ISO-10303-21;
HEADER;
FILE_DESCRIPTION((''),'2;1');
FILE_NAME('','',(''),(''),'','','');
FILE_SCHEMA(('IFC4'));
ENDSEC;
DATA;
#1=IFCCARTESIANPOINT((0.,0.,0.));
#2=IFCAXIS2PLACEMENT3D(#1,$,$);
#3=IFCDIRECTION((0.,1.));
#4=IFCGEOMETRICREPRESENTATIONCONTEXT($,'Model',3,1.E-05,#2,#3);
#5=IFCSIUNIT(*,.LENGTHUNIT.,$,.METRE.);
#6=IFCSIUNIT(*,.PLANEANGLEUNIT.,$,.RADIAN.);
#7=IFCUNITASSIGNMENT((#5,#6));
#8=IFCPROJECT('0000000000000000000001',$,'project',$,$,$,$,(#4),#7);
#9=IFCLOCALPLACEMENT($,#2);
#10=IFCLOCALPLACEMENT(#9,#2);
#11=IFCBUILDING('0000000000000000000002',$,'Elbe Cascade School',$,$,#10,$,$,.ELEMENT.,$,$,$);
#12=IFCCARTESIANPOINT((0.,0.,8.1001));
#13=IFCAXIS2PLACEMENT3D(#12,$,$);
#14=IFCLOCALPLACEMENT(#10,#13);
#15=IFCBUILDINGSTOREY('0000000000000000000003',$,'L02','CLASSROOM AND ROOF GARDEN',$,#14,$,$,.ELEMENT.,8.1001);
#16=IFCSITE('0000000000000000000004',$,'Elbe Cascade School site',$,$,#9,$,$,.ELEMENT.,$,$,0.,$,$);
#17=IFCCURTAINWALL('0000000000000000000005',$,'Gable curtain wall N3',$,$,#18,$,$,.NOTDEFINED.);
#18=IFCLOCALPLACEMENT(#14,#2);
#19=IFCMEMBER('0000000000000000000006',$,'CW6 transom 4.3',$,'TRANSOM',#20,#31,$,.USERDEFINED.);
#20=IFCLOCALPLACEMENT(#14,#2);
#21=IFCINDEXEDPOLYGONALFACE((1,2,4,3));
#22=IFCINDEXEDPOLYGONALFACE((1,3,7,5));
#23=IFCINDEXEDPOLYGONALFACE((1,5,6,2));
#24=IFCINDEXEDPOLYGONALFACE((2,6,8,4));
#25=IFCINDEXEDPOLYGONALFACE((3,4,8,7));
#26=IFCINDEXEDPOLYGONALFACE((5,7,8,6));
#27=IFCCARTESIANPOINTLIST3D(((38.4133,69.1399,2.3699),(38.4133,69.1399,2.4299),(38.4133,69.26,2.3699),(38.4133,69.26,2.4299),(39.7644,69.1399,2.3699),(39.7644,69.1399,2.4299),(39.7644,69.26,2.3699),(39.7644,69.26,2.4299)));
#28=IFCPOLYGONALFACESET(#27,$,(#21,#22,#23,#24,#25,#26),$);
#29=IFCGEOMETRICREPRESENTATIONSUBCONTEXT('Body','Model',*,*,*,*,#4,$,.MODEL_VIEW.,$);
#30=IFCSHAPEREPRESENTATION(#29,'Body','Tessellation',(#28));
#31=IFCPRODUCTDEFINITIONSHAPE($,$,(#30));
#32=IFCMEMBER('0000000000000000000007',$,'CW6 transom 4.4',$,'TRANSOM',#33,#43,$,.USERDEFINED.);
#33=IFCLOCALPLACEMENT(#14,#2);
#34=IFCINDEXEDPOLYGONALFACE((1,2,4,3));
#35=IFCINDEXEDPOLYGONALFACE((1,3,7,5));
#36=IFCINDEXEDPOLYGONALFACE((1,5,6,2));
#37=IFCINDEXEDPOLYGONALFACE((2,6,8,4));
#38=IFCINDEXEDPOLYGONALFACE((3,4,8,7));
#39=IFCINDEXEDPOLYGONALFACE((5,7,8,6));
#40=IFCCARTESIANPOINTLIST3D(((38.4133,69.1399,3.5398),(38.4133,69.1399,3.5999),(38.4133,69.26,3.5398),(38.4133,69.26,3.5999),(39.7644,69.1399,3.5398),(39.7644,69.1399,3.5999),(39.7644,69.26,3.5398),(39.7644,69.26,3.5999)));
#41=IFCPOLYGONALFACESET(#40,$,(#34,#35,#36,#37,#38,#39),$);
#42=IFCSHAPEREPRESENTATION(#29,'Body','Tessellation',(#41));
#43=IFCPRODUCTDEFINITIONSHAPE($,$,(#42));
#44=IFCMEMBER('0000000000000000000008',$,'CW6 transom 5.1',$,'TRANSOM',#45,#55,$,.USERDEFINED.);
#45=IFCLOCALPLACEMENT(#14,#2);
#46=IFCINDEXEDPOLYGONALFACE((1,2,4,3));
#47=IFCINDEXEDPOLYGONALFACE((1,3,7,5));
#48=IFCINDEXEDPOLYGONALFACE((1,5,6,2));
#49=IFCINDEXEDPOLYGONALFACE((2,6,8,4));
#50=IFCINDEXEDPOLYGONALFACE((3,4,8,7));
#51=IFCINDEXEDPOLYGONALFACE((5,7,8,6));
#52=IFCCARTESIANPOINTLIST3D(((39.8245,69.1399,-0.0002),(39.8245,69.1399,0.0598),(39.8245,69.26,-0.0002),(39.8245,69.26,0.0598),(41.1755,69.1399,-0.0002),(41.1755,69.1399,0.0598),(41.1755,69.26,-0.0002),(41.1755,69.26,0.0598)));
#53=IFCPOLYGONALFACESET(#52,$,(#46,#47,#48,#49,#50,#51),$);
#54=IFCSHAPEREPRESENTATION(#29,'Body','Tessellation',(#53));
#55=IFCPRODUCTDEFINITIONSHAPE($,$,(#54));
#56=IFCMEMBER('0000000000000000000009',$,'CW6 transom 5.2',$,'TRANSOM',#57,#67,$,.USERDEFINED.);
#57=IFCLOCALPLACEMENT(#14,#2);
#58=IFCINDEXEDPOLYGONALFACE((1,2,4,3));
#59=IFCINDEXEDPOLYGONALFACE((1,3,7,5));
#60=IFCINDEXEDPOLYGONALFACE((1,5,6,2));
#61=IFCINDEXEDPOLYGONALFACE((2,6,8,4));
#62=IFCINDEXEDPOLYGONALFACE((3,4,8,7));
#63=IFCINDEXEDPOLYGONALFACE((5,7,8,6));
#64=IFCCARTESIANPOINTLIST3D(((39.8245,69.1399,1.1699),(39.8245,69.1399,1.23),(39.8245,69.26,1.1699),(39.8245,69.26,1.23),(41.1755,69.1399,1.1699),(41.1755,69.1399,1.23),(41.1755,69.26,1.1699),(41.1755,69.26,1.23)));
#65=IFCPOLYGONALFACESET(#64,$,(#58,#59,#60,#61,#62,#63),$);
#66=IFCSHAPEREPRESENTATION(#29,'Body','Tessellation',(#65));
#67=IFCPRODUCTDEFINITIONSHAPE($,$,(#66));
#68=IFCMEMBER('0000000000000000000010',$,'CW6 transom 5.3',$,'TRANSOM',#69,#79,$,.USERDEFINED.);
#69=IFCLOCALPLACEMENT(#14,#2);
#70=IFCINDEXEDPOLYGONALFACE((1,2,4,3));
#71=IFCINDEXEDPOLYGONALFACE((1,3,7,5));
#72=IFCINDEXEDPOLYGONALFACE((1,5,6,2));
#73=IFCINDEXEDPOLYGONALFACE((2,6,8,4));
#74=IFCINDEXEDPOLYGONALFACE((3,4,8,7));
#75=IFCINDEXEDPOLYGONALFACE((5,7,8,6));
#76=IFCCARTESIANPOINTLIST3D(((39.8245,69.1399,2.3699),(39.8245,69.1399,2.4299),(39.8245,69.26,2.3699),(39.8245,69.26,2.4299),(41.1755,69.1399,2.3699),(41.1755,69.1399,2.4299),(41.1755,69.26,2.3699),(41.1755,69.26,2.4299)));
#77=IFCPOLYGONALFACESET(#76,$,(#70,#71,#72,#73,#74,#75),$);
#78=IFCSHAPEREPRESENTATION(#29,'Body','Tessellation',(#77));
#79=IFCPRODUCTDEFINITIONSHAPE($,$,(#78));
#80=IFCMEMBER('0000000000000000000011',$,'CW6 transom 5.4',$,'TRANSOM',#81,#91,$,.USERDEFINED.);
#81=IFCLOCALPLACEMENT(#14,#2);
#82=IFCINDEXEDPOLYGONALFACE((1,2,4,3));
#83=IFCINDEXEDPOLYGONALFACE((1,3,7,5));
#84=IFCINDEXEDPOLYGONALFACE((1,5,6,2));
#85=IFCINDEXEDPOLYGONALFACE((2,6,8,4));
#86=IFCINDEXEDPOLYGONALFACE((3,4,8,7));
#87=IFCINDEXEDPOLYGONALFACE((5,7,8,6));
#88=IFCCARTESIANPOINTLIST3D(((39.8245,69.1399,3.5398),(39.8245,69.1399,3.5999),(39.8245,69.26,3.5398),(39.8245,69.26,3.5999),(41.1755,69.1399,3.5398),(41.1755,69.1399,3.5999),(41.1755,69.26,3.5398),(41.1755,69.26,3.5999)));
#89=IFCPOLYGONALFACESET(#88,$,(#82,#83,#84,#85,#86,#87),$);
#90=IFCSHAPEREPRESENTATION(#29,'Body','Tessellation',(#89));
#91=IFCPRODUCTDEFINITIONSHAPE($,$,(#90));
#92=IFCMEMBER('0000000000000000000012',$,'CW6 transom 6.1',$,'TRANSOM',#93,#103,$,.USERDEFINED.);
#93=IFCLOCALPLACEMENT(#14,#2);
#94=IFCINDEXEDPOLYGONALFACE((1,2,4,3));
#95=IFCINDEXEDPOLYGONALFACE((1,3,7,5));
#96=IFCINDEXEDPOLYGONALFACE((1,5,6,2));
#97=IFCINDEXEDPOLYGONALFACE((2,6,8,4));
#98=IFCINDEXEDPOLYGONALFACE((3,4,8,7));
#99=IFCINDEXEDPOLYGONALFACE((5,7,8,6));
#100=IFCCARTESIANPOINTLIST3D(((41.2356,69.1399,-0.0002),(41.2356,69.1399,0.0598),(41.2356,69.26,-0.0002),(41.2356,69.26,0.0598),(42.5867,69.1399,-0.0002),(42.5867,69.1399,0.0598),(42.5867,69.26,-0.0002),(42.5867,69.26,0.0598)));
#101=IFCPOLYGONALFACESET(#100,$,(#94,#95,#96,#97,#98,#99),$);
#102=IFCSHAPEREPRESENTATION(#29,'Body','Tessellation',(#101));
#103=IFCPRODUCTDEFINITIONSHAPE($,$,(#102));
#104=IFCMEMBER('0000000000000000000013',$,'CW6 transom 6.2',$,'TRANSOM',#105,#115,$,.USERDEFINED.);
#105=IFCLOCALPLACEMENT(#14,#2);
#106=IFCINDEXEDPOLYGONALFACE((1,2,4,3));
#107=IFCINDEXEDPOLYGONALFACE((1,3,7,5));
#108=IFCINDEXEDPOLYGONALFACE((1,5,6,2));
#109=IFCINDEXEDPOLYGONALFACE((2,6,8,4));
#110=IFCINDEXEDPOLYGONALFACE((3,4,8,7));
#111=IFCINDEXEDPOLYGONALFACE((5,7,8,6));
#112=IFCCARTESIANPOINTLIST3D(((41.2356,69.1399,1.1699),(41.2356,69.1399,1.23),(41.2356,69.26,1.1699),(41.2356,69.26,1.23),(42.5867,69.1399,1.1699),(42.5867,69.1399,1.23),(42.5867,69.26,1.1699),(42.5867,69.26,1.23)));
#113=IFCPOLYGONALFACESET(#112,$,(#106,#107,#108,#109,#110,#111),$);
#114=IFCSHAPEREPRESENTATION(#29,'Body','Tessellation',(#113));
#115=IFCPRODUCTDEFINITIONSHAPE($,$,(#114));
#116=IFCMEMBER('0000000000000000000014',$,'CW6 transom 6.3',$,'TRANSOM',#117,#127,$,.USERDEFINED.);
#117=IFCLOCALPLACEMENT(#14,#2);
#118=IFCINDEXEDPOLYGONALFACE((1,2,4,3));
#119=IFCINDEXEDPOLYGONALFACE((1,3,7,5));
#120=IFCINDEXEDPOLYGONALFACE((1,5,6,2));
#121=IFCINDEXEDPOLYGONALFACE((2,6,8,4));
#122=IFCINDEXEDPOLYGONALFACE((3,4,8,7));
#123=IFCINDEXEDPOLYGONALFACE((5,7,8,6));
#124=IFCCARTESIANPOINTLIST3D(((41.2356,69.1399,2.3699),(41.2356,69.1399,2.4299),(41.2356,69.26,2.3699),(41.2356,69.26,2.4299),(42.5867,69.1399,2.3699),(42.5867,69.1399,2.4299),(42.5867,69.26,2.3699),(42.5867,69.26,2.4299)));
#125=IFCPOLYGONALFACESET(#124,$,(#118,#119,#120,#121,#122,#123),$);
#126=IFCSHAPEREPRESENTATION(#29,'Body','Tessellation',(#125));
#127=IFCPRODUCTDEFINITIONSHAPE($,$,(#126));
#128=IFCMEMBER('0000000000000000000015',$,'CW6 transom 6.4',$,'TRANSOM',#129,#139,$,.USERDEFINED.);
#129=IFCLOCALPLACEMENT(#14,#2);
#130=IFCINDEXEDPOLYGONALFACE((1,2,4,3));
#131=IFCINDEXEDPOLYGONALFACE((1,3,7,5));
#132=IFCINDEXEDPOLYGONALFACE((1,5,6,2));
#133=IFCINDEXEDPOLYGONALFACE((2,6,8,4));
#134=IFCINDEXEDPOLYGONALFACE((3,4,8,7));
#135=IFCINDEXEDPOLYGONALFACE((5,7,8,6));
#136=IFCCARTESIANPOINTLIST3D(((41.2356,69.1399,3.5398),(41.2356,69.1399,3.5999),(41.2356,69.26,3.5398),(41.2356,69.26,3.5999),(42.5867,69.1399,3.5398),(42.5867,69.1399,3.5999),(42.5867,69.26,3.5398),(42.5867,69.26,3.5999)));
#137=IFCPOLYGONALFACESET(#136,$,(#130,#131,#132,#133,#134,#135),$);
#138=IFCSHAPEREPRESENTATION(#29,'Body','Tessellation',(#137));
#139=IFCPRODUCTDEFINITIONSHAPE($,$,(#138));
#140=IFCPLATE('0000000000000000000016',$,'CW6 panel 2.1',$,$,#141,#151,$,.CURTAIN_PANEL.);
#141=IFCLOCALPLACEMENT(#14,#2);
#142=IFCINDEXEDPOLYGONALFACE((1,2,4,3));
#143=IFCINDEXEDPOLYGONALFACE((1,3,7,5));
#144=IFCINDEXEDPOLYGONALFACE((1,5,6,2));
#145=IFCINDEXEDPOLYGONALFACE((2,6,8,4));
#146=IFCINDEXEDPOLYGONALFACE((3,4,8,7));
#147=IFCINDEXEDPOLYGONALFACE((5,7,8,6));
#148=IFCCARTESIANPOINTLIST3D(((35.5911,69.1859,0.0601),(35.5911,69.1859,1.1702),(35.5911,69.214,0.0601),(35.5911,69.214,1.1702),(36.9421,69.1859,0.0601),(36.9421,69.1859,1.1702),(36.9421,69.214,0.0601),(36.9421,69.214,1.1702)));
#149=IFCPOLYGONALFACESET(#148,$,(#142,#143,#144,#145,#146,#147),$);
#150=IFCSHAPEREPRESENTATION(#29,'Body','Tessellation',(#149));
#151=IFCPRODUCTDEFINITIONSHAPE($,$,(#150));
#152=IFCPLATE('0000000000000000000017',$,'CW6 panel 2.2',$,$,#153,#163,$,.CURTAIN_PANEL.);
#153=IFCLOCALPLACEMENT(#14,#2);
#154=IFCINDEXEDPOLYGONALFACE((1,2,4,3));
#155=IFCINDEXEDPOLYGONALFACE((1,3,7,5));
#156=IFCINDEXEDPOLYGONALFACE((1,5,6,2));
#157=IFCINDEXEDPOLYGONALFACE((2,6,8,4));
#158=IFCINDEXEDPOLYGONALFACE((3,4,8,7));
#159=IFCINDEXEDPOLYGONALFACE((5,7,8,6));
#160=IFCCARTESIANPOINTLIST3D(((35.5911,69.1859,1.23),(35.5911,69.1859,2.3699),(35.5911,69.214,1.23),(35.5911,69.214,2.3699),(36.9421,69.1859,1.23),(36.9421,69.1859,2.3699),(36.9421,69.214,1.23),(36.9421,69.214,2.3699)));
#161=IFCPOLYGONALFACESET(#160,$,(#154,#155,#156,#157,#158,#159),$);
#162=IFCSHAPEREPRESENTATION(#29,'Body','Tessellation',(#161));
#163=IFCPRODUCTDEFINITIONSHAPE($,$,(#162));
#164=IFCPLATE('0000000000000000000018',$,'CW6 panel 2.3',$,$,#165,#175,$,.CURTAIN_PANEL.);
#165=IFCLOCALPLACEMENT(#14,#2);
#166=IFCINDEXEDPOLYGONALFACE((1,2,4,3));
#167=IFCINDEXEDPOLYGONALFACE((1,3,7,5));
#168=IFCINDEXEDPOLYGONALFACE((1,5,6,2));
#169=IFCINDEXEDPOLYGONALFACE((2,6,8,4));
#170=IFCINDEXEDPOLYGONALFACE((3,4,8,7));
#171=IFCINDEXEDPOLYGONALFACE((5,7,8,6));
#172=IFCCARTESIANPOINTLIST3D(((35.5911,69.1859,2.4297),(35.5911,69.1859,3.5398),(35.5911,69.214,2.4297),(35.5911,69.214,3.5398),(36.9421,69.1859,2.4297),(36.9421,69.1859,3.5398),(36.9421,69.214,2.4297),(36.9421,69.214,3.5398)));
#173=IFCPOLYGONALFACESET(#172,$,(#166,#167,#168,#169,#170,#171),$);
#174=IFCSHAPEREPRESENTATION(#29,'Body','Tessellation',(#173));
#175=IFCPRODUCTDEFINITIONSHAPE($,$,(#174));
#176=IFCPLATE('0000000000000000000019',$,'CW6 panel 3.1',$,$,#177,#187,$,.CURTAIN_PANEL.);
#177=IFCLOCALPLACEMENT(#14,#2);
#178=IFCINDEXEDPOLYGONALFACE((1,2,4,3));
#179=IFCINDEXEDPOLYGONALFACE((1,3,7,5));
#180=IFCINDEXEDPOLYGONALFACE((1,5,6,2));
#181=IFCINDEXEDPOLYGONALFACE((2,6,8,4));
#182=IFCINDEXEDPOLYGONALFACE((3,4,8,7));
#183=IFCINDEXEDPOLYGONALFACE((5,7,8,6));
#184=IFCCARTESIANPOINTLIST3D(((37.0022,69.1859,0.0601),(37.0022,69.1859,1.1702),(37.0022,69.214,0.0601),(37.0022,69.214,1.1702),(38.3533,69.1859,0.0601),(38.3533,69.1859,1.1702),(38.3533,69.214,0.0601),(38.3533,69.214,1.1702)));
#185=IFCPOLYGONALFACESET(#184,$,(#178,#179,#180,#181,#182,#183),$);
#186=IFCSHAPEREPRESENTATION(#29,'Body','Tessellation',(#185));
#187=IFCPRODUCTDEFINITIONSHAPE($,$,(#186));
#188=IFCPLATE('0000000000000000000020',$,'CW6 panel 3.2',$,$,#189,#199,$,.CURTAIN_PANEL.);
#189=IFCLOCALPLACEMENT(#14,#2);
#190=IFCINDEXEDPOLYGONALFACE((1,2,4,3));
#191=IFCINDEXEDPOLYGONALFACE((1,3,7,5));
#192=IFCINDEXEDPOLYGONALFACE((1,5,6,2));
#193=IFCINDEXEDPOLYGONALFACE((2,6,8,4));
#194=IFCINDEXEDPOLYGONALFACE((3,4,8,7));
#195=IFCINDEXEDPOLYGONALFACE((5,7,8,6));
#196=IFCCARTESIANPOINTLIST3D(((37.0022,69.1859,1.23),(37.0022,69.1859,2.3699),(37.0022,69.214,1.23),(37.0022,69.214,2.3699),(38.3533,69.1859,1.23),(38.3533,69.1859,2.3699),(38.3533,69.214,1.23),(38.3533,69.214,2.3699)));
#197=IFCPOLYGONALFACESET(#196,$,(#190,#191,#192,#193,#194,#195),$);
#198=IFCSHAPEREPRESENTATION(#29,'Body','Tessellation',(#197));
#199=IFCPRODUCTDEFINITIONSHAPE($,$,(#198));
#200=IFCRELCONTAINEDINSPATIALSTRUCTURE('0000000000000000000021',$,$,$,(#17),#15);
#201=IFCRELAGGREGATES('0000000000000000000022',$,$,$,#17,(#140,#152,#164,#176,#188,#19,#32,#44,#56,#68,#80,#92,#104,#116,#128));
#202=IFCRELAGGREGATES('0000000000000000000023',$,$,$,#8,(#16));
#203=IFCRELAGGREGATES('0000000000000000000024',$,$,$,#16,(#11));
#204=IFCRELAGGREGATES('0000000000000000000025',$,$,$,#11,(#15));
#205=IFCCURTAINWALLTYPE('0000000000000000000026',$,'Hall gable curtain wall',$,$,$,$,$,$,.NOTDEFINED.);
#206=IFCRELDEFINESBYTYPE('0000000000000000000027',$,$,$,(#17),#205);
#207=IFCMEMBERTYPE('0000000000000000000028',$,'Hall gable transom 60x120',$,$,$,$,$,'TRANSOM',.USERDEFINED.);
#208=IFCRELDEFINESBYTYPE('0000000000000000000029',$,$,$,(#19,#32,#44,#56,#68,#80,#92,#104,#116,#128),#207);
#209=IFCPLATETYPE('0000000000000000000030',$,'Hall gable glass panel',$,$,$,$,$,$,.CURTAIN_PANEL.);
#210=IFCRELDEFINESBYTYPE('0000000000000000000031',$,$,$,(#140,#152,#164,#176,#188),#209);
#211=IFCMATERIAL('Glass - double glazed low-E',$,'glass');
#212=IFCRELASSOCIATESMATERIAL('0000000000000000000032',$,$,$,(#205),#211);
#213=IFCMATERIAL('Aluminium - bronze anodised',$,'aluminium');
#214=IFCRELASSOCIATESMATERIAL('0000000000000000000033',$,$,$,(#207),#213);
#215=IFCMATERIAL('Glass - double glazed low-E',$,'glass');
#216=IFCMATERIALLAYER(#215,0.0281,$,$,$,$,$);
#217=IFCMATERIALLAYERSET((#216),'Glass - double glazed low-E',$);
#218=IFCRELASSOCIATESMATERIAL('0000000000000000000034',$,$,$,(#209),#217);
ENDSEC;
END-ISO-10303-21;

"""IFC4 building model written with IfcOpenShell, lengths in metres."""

from ifc_helpers import new_model, si_unit, direction, frame, origin, origin_2d, place, context, subcontext, project, spatial, rectangle, extrude, material, layer, layer_set, material_profile, profile_set, type_object, element, aggregate, save


model = new_model("IFC4")

# Units and contexts
model_context = context("Model", 3, precision=1e-05, world=origin(), true_north=direction((0.0, 1.0)))
body_context = subcontext(model_context, "Body", "Model", "MODEL_VIEW")
ifc_project = project(units=[si_unit("LENGTHUNIT", "METRE"), si_unit("PLANEANGLEUNIT", "RADIAN")], contexts=[model_context])

# Site, building, storey
site_placement = place(None, origin())
site = spatial("IfcSite", under=ifc_project, at=site_placement, Name="Elbe Cascade School site", CompositionType="ELEMENT", RefElevation=0.0)
building_placement = place(site_placement, origin())
building = spatial("IfcBuilding", under=site, at=building_placement, Name="Elbe Cascade School", CompositionType="ELEMENT")
storey_placement = place(building_placement, frame((0.0, 0.0, 8.1001)))
storey = spatial("IfcBuildingStorey", under=building, at=storey_placement, Name="L02", Description="CLASSROOM AND ROOF GARDEN", CompositionType="ELEMENT", Elevation=8.1001)

# Curtain wall, members, plates
ifc_material_1 = material(Name="Glass - double glazed low-E", Category="glass")
curtain_wall_type = type_object("IfcCurtainWallType", Name="Hall gable curtain wall", PredefinedType="NOTDEFINED", material=ifc_material_1)
curtain_wall_placement = place(storey_placement, origin())
curtain_wall = element("IfcCurtainWall", 1, at=curtain_wall_placement, inside=storey, type_object=curtain_wall_type, Name="Gable curtain wall N3", PredefinedType="NOTDEFINED")
ifc_material_2 = material(Name="Aluminium - bronze anodised", Category="aluminium")
ifc_material_profile_1 = material_profile(ifc_material_2, rectangle(XDim=0.1201, YDim=0.0601, at=origin_2d()), Name="Alu 60x120")
ifc_profile_set_1 = profile_set([ifc_material_profile_1], Name="Aluminium - bronze anodised")
member_type_1 = type_object("IfcMemberType", Name="Hall gable transom 60x120", ElementType="TRANSOM", PredefinedType="USERDEFINED", material=ifc_profile_set_1)
member_1_placement = place(storey_placement, frame((38.4133, 69.2, 2.3999), z_axis=(1.0, 0.0, 0.0), x_axis=(0.0, 1.0, 0.0)))
member_1 = element("IfcMember", 2, at=member_1_placement, type_object=member_type_1, Name="CW6 transom 4.3", ObjectType="TRANSOM", PredefinedType="USERDEFINED", context=body_context, shape_type="SweptSolid", body=[
    extrude(rectangle(XDim=0.1201, YDim=0.0601, at=origin_2d()), origin(), (0.0, 0.0, 1.0), 1.3511),
])
member_2_placement = place(storey_placement, frame((38.4133, 69.2, 3.5698), z_axis=(1.0, 0.0, 0.0), x_axis=(0.0, 1.0, 0.0)))
member_2 = element("IfcMember", 3, at=member_2_placement, type_object=member_type_1, Name="CW6 transom 4.4", ObjectType="TRANSOM", PredefinedType="USERDEFINED", context=body_context, shape_type="SweptSolid", body=[
    extrude(rectangle(XDim=0.1201, YDim=0.0601, at=origin_2d()), origin(), (0.0, 0.0, 1.0), 1.3511),
])
member_3_placement = place(storey_placement, frame((39.8245, 69.2, 0.0298), z_axis=(1.0, 0.0, 0.0), x_axis=(0.0, 1.0, 0.0)))
member_3 = element("IfcMember", 4, at=member_3_placement, type_object=member_type_1, Name="CW6 transom 5.1", ObjectType="TRANSOM", PredefinedType="USERDEFINED", context=body_context, shape_type="SweptSolid", body=[
    extrude(rectangle(XDim=0.1201, YDim=0.0601, at=origin_2d()), origin(), (0.0, 0.0, 1.0), 1.3511),
])
member_4_placement = place(storey_placement, frame((39.8245, 69.2, 1.2), z_axis=(1.0, 0.0, 0.0), x_axis=(0.0, 1.0, 0.0)))
member_4 = element("IfcMember", 5, at=member_4_placement, type_object=member_type_1, Name="CW6 transom 5.2", ObjectType="TRANSOM", PredefinedType="USERDEFINED", context=body_context, shape_type="SweptSolid", body=[
    extrude(rectangle(XDim=0.1201, YDim=0.0601, at=origin_2d()), origin(), (0.0, 0.0, 1.0), 1.3511),
])
member_5_placement = place(storey_placement, frame((39.8245, 69.2, 2.3999), z_axis=(1.0, 0.0, 0.0), x_axis=(0.0, 1.0, 0.0)))
member_5 = element("IfcMember", 6, at=member_5_placement, type_object=member_type_1, Name="CW6 transom 5.3", ObjectType="TRANSOM", PredefinedType="USERDEFINED", context=body_context, shape_type="SweptSolid", body=[
    extrude(rectangle(XDim=0.1201, YDim=0.0601, at=origin_2d()), origin(), (0.0, 0.0, 1.0), 1.3511),
])
member_6_placement = place(storey_placement, frame((39.8245, 69.2, 3.5698), z_axis=(1.0, 0.0, 0.0), x_axis=(0.0, 1.0, 0.0)))
member_6 = element("IfcMember", 7, at=member_6_placement, type_object=member_type_1, Name="CW6 transom 5.4", ObjectType="TRANSOM", PredefinedType="USERDEFINED", context=body_context, shape_type="SweptSolid", body=[
    extrude(rectangle(XDim=0.1201, YDim=0.0601, at=origin_2d()), origin(), (0.0, 0.0, 1.0), 1.3511),
])
member_7_placement = place(storey_placement, frame((41.2356, 69.2, 0.0298), z_axis=(1.0, 0.0, 0.0), x_axis=(0.0, 1.0, 0.0)))
member_7 = element("IfcMember", 8, at=member_7_placement, type_object=member_type_1, Name="CW6 transom 6.1", ObjectType="TRANSOM", PredefinedType="USERDEFINED", context=body_context, shape_type="SweptSolid", body=[
    extrude(rectangle(XDim=0.1201, YDim=0.0601, at=origin_2d()), origin(), (0.0, 0.0, 1.0), 1.3511),
])
member_8_placement = place(storey_placement, frame((41.2356, 69.2, 1.2), z_axis=(1.0, 0.0, 0.0), x_axis=(0.0, 1.0, 0.0)))
member_8 = element("IfcMember", 9, at=member_8_placement, type_object=member_type_1, Name="CW6 transom 6.2", ObjectType="TRANSOM", PredefinedType="USERDEFINED", context=body_context, shape_type="SweptSolid", body=[
    extrude(rectangle(XDim=0.1201, YDim=0.0601, at=origin_2d()), origin(), (0.0, 0.0, 1.0), 1.3511),
])
member_9_placement = place(storey_placement, frame((41.2356, 69.2, 2.3999), z_axis=(1.0, 0.0, 0.0), x_axis=(0.0, 1.0, 0.0)))
member_9 = element("IfcMember", 10, at=member_9_placement, type_object=member_type_1, Name="CW6 transom 6.3", ObjectType="TRANSOM", PredefinedType="USERDEFINED", context=body_context, shape_type="SweptSolid", body=[
    extrude(rectangle(XDim=0.1201, YDim=0.0601, at=origin_2d()), origin(), (0.0, 0.0, 1.0), 1.3511),
])
member_10_placement = place(storey_placement, frame((41.2356, 69.2, 3.5698), z_axis=(1.0, 0.0, 0.0), x_axis=(0.0, 1.0, 0.0)))
member_10 = element("IfcMember", 11, at=member_10_placement, type_object=member_type_1, Name="CW6 transom 6.4", ObjectType="TRANSOM", PredefinedType="USERDEFINED", context=body_context, shape_type="SweptSolid", body=[
    extrude(rectangle(XDim=0.1201, YDim=0.0601, at=origin_2d()), origin(), (0.0, 0.0, 1.0), 1.3511),
])
ifc_material_3 = material(Name="Glass - double glazed low-E", Category="glass")
ifc_layer = layer(ifc_material_3, 0.0281)
ifc_layer_set = layer_set([ifc_layer], Name="Glass - double glazed low-E")
plate_type = type_object("IfcPlateType", Name="Hall gable glass panel", PredefinedType="CURTAIN_PANEL", material=ifc_layer_set)
plate_1_placement = place(storey_placement, frame((36.2666, 69.2, 0.0601), z_axis=(0.0, 0.0, 1.0), x_axis=(1.0, 0.0, 0.0)))
plate_1 = element("IfcPlate", 12, at=plate_1_placement, type_object=plate_type, Name="CW6 panel 2.1", PredefinedType="CURTAIN_PANEL", context=body_context, shape_type="SweptSolid", body=[
    extrude(rectangle(XDim=1.3511, YDim=0.0281, at=origin_2d()), origin(), (0.0, 0.0, 1.0), 1.1101),
])
plate_2_placement = place(storey_placement, frame((36.2666, 69.2, 1.23), z_axis=(0.0, 0.0, 1.0), x_axis=(1.0, 0.0, 0.0)))
plate_2 = element("IfcPlate", 13, at=plate_2_placement, type_object=plate_type, Name="CW6 panel 2.2", PredefinedType="CURTAIN_PANEL", context=body_context, shape_type="SweptSolid", body=[
    extrude(rectangle(XDim=1.3511, YDim=0.0281, at=origin_2d()), origin(), (0.0, 0.0, 1.0), 1.1399),
])
plate_3_placement = place(storey_placement, frame((36.2666, 69.2, 2.4297), z_axis=(0.0, 0.0, 1.0), x_axis=(1.0, 0.0, 0.0)))
plate_3 = element("IfcPlate", 14, at=plate_3_placement, type_object=plate_type, Name="CW6 panel 2.3", PredefinedType="CURTAIN_PANEL", context=body_context, shape_type="SweptSolid", body=[
    extrude(rectangle(XDim=1.3511, YDim=0.0281, at=origin_2d()), origin(), (0.0, 0.0, 1.0), 1.1101),
])
plate_4_placement = place(storey_placement, frame((37.6777, 69.2, 0.0601), z_axis=(0.0, 0.0, 1.0), x_axis=(1.0, 0.0, 0.0)))
plate_4 = element("IfcPlate", 15, at=plate_4_placement, type_object=plate_type, Name="CW6 panel 3.1", PredefinedType="CURTAIN_PANEL", context=body_context, shape_type="SweptSolid", body=[
    extrude(rectangle(XDim=1.3511, YDim=0.0281, at=origin_2d()), origin(), (0.0, 0.0, 1.0), 1.1101),
])
plate_5_placement = place(storey_placement, frame((37.6777, 69.2, 1.23), z_axis=(0.0, 0.0, 1.0), x_axis=(1.0, 0.0, 0.0)))
plate_5 = element("IfcPlate", 16, at=plate_5_placement, type_object=plate_type, Name="CW6 panel 3.2", PredefinedType="CURTAIN_PANEL", context=body_context, shape_type="SweptSolid", body=[
    extrude(rectangle(XDim=1.3511, YDim=0.0281, at=origin_2d()), origin(), (0.0, 0.0, 1.0), 1.1399),
])
aggregate(curtain_wall, [plate_1, plate_2, plate_3, plate_4, plate_5, member_1, member_2, member_3, member_4, member_5, member_6, member_7, member_8, member_9, member_10])

save(model, "model.ifc")
